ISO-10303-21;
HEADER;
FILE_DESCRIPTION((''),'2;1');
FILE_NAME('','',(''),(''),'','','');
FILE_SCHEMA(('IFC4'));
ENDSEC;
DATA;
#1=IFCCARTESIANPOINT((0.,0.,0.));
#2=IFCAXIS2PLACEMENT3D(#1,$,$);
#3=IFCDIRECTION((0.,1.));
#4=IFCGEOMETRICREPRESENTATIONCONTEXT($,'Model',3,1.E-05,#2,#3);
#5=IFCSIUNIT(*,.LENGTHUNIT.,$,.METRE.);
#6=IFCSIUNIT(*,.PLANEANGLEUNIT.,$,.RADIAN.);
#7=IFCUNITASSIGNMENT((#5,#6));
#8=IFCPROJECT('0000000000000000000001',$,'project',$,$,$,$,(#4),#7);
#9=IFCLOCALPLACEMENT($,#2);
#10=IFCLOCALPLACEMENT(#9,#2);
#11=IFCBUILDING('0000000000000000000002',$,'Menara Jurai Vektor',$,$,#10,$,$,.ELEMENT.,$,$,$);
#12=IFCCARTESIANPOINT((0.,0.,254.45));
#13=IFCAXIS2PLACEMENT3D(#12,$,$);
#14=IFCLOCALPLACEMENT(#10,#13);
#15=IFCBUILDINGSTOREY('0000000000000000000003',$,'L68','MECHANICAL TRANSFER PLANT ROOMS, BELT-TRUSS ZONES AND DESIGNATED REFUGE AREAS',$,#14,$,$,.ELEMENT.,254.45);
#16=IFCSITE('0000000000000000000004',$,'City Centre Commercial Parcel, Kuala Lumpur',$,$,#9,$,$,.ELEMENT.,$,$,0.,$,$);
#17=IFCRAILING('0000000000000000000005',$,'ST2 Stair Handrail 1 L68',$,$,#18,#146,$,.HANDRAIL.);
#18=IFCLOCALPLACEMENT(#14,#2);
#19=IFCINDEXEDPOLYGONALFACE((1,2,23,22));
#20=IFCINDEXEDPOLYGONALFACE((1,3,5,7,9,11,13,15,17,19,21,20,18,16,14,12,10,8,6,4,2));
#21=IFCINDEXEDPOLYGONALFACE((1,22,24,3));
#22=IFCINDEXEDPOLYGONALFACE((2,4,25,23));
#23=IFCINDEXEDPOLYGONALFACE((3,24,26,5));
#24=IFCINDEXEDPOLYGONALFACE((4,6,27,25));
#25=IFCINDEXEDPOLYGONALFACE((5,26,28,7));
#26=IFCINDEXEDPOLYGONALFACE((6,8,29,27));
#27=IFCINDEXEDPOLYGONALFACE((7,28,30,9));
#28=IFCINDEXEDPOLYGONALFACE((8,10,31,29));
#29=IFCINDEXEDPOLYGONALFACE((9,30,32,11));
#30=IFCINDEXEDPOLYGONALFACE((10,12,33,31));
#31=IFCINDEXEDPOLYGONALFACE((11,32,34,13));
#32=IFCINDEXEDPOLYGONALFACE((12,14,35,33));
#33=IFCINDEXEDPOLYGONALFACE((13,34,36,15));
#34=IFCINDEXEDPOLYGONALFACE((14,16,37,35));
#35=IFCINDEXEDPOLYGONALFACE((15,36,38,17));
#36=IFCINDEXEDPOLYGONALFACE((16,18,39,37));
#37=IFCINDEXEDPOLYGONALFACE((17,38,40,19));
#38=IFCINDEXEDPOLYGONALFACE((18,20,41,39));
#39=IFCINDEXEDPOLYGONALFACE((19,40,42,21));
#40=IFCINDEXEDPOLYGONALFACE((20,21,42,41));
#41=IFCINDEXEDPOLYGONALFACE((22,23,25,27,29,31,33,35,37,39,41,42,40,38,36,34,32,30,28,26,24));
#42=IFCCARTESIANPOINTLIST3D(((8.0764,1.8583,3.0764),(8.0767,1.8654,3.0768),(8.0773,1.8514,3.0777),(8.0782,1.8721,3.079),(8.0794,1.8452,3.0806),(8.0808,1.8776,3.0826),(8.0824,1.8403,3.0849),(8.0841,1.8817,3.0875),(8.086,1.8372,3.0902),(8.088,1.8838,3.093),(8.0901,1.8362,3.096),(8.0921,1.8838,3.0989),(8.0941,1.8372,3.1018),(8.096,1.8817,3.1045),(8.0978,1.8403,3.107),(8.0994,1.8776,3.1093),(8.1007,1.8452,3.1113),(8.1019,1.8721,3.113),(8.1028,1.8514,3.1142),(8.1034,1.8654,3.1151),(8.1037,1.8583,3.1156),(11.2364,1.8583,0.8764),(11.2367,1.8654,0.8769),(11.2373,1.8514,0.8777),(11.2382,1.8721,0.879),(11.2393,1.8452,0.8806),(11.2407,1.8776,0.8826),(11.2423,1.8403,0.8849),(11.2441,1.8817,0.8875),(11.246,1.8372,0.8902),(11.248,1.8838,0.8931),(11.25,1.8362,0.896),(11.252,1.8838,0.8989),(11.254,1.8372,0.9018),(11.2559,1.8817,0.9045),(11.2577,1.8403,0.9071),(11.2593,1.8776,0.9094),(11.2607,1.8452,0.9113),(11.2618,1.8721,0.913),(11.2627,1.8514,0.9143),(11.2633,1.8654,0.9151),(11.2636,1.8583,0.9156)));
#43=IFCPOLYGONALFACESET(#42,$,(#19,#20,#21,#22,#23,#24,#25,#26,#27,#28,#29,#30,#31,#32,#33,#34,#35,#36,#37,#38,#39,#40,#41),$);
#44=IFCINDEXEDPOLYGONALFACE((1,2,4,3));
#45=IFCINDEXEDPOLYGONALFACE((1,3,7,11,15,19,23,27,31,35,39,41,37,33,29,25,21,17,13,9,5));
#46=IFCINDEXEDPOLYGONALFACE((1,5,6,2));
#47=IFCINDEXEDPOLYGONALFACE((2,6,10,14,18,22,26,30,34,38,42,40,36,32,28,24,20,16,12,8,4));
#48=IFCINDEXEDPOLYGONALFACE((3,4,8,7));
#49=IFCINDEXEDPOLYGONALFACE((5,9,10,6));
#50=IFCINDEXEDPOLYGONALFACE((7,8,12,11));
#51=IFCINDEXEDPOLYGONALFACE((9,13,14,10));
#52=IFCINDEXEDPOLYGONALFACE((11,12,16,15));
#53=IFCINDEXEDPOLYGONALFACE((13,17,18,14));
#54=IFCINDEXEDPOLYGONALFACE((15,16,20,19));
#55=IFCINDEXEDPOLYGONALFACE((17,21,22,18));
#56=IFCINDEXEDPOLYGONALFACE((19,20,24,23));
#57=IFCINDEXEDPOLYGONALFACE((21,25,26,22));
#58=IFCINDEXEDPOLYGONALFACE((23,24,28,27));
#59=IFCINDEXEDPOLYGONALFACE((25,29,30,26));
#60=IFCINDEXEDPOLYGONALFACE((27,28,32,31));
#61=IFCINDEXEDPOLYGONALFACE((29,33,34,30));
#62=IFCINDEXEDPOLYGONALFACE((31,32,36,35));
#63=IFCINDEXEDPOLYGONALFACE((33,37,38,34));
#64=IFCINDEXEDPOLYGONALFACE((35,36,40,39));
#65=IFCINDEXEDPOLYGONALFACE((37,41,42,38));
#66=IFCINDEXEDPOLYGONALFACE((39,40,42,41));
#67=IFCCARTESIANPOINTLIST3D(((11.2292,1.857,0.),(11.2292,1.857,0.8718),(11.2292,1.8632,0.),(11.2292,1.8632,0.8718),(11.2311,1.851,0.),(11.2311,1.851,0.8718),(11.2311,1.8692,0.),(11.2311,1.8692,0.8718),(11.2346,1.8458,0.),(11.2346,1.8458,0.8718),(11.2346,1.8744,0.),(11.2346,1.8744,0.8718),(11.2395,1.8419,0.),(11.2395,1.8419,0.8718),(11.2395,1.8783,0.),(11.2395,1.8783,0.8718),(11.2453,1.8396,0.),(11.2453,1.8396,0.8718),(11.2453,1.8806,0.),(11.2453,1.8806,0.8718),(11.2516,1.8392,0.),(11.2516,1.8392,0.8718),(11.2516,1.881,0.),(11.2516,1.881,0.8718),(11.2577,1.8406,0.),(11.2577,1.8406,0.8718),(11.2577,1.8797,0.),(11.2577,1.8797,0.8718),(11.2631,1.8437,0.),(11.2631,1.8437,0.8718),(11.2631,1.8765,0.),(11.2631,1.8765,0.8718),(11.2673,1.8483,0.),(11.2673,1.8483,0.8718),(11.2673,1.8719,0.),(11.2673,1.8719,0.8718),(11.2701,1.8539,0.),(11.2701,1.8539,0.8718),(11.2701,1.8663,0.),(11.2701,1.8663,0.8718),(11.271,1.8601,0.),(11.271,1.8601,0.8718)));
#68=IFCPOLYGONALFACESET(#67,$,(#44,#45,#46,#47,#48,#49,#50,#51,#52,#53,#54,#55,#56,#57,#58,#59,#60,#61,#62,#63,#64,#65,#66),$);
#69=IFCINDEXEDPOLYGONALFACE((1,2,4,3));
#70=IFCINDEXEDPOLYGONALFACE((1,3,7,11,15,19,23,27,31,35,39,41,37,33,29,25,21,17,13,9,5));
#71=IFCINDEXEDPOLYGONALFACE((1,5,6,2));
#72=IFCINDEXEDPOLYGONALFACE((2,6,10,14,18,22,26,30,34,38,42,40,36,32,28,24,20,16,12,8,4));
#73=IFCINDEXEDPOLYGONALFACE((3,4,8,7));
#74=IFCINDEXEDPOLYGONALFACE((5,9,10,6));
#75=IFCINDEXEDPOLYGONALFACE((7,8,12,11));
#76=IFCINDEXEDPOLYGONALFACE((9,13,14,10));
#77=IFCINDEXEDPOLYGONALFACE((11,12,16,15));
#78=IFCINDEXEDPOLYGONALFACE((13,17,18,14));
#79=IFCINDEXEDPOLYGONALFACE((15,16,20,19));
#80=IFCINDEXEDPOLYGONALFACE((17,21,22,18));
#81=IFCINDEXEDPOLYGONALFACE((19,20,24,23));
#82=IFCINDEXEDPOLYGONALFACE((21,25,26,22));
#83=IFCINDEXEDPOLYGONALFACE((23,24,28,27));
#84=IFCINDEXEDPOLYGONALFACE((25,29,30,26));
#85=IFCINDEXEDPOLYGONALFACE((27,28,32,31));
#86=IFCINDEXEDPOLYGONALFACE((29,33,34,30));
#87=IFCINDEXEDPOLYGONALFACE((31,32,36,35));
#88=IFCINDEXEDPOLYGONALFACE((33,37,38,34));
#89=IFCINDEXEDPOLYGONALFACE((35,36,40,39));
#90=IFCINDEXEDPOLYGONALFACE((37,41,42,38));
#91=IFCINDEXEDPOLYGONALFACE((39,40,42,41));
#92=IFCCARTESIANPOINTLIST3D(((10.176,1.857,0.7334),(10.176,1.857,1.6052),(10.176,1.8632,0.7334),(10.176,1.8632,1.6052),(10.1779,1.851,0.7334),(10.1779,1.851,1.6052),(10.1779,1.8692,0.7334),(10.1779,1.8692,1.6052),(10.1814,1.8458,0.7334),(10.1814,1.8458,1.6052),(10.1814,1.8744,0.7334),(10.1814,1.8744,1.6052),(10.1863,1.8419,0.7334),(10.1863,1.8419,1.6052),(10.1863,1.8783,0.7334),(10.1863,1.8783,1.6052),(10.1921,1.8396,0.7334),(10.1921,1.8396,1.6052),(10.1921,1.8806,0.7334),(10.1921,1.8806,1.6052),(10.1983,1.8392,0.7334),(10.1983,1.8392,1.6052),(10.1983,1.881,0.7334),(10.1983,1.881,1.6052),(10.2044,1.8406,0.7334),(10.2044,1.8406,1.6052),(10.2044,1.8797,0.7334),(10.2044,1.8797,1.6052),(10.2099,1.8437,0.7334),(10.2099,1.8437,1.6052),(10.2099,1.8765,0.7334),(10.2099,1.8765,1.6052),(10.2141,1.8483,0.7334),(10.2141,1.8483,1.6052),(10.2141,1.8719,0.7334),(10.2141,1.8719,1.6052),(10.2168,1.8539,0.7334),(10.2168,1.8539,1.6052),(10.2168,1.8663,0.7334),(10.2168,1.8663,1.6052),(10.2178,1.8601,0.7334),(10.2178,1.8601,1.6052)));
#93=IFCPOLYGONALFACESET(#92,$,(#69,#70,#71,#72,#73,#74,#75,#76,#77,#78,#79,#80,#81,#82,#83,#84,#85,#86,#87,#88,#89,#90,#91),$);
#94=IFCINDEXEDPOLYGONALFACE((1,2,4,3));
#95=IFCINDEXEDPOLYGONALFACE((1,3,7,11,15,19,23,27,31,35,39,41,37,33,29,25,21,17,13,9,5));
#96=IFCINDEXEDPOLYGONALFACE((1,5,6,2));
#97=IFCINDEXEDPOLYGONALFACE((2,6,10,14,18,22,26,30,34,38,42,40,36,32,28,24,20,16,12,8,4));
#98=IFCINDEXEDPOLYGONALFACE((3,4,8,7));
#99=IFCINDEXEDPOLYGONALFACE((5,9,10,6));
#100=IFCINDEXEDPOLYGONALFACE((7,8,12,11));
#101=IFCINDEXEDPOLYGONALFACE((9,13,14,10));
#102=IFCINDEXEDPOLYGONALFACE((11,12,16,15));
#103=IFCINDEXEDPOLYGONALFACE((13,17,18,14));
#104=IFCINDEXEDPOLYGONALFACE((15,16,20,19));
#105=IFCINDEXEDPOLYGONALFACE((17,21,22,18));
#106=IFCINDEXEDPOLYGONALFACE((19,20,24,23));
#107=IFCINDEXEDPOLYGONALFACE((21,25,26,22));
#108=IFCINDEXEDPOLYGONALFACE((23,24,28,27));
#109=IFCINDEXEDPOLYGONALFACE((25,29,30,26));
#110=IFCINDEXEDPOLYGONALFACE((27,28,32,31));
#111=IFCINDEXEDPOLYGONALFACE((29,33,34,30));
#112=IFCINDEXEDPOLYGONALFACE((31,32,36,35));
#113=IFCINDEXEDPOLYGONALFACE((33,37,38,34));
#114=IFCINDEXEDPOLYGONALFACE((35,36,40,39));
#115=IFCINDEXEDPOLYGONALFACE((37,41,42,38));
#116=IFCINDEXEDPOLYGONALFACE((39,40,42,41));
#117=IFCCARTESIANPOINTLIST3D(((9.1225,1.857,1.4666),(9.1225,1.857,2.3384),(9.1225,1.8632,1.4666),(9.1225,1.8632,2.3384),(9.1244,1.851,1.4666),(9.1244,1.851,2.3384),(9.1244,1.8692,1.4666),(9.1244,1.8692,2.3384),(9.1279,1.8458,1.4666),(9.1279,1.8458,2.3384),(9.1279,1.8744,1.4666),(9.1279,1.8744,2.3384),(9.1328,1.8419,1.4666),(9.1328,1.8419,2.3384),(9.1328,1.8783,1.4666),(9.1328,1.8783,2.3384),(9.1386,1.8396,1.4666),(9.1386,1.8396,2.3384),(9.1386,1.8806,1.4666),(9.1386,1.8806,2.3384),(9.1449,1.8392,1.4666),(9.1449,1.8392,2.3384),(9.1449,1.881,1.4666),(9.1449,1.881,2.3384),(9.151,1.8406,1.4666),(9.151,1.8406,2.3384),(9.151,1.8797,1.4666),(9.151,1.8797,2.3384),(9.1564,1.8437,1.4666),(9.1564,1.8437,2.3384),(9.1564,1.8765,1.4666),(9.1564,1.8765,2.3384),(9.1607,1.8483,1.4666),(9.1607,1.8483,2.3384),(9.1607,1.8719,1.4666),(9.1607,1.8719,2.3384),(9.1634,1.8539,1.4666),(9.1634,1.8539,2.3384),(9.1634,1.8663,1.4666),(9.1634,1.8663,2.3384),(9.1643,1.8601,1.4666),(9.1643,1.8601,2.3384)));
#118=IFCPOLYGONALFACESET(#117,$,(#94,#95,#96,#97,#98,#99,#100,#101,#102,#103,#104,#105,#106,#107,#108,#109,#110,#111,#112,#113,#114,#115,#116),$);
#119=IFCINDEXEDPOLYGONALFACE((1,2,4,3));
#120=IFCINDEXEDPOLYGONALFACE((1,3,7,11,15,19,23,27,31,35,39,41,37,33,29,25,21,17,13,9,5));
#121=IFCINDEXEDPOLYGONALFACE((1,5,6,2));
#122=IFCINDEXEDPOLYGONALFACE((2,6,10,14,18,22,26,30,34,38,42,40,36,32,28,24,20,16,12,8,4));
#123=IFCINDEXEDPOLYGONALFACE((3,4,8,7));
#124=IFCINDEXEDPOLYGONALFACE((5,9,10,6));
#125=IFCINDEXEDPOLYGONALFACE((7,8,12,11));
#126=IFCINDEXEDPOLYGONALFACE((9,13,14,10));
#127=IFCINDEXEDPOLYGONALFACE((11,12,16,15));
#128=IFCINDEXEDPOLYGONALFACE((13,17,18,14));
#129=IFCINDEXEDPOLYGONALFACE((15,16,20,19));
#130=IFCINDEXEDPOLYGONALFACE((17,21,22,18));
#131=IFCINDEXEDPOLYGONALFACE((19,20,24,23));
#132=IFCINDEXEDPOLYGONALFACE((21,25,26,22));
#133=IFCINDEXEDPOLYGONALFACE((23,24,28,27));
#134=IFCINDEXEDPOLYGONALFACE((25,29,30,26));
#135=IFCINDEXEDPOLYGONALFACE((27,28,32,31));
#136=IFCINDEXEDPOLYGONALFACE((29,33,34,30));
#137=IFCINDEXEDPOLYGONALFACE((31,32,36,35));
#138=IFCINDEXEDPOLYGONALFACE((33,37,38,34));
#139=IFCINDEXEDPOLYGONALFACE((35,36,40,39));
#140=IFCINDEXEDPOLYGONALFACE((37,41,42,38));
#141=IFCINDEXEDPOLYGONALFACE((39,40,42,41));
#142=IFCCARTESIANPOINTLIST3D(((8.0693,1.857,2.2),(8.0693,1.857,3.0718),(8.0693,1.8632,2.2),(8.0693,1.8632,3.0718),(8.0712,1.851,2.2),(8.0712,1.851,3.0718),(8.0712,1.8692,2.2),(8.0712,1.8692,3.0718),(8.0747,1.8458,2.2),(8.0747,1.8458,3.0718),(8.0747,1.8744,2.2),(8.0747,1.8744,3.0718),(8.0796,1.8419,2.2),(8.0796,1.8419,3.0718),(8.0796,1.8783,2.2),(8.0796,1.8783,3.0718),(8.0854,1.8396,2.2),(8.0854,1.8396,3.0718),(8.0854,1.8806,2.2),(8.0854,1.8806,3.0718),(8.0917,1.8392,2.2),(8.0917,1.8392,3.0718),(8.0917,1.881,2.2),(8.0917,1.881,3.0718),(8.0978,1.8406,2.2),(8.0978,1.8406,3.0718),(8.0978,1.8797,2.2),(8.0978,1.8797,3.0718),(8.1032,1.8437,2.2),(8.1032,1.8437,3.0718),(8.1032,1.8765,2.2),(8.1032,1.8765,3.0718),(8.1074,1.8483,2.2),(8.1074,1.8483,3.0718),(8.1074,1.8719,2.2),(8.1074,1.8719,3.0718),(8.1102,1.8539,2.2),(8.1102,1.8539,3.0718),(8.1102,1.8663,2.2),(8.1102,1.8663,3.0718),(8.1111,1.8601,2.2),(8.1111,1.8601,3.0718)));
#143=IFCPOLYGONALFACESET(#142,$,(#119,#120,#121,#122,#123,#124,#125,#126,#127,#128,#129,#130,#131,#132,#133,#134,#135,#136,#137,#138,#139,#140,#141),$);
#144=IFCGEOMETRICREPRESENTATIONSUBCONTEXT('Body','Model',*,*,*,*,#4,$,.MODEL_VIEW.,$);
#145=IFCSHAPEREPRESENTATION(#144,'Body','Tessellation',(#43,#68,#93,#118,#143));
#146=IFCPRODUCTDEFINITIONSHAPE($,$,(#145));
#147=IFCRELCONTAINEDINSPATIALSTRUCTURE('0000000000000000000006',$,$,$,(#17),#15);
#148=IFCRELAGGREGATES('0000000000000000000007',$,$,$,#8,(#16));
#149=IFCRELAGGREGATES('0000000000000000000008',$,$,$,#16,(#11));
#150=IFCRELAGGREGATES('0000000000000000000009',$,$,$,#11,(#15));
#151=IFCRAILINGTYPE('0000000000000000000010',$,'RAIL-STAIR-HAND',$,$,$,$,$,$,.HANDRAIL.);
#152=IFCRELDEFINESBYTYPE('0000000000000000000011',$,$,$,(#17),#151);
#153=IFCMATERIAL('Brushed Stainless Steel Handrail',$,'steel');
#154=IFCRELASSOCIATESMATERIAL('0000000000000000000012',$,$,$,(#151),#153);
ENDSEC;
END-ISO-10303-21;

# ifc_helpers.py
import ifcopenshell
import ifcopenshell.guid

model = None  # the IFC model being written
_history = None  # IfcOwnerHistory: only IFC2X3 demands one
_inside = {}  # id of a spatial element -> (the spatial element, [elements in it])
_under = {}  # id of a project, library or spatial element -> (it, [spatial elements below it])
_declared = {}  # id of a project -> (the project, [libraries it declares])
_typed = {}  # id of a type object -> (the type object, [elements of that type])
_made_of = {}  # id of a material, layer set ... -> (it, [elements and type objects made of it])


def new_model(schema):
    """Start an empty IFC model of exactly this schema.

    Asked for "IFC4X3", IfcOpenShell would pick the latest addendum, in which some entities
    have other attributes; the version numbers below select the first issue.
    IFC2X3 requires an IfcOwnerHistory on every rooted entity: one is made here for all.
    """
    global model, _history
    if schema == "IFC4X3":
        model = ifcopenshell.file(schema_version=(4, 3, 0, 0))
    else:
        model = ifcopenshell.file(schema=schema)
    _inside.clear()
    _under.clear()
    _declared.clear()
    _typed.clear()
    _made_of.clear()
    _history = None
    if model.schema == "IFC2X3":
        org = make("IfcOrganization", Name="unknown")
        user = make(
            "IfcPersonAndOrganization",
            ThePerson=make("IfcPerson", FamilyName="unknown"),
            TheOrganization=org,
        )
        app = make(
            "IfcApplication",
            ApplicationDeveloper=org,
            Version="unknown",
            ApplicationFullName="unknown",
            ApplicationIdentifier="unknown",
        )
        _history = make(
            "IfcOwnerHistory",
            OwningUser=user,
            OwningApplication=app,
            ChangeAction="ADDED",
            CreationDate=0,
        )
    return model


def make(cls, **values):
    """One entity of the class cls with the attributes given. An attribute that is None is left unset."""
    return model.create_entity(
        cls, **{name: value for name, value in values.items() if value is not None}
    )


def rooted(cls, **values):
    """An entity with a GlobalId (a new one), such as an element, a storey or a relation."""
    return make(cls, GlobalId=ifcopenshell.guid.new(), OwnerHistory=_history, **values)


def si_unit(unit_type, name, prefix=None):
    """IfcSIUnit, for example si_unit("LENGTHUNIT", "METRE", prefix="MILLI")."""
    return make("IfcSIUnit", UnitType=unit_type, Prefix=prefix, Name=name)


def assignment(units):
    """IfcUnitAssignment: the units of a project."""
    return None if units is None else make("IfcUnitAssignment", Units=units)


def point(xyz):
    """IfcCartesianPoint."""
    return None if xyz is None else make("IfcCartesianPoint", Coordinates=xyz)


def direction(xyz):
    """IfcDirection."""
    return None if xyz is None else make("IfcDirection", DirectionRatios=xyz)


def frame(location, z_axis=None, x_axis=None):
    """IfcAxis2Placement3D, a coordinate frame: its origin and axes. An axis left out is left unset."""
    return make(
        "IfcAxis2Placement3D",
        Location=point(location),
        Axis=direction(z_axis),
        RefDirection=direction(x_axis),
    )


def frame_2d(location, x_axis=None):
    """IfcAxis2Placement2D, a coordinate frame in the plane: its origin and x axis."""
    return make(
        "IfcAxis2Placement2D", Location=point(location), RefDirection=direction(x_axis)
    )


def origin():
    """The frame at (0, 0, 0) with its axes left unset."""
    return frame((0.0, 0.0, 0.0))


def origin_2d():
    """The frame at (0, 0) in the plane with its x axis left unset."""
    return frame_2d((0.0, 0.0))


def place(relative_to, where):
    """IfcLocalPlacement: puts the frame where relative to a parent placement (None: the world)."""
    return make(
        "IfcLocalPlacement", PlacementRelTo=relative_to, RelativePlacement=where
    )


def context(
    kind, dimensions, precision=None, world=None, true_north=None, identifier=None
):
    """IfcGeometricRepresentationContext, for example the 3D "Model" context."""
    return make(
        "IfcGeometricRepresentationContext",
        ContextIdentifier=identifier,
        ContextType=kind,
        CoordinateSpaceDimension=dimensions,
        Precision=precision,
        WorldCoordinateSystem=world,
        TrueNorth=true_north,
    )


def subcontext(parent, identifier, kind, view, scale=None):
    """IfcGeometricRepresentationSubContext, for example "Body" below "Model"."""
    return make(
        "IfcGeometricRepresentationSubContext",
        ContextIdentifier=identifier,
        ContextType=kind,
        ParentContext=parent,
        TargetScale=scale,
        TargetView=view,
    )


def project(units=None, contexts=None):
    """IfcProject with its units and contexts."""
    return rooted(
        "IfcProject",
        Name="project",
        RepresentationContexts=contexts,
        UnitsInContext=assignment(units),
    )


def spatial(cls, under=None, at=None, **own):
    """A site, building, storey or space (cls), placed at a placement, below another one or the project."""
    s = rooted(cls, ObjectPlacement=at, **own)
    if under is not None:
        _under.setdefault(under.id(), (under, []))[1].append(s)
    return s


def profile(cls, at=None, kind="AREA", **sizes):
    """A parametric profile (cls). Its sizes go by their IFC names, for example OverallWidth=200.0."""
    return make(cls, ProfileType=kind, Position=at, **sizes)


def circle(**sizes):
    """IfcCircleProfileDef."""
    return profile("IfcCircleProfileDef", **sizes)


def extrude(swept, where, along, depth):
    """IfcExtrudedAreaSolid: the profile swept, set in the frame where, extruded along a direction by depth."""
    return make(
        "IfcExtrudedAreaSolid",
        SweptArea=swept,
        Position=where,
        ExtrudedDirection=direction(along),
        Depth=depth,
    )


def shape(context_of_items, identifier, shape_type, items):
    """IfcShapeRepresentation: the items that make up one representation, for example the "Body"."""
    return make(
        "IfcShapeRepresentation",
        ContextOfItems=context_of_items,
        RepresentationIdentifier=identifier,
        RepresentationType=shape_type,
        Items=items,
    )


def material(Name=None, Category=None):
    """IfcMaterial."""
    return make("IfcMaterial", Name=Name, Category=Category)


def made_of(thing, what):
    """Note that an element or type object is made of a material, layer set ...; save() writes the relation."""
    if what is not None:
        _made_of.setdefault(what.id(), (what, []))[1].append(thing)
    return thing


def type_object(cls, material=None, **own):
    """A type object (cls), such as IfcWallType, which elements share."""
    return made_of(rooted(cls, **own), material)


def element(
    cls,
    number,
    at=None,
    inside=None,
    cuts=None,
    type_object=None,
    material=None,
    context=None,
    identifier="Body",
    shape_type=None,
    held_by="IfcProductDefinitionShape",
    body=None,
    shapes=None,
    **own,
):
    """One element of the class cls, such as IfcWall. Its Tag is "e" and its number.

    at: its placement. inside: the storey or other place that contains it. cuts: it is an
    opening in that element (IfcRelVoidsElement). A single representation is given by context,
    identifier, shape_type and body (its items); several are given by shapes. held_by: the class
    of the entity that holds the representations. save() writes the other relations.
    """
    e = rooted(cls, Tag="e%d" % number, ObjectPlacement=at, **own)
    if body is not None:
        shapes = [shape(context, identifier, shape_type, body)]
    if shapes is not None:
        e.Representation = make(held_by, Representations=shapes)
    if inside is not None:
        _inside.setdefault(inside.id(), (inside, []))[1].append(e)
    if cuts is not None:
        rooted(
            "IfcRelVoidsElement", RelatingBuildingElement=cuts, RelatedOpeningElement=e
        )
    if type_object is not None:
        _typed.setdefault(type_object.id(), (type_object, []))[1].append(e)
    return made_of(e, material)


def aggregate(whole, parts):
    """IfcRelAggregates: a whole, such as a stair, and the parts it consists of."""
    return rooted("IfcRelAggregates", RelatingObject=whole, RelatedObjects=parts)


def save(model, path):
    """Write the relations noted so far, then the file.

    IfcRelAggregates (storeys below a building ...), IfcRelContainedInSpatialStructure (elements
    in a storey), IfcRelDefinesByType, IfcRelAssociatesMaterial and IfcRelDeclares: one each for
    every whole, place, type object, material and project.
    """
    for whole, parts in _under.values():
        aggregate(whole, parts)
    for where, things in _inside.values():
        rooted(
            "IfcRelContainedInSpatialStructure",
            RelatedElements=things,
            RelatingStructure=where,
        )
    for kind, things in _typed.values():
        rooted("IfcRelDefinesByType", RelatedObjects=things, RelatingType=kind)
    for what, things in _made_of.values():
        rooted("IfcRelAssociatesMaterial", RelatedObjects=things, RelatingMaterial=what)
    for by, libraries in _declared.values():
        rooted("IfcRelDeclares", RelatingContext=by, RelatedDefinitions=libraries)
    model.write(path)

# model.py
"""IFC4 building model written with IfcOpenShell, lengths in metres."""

from ifc_helpers import new_model, si_unit, direction, frame, origin, origin_2d, place, context, subcontext, project, spatial, circle, extrude, material, type_object, element, save


model = new_model("IFC4")

# Units and contexts
model_context = context("Model", 3, precision=1e-05, world=origin(), true_north=direction((0.0, 1.0)))
body_context = subcontext(model_context, "Body", "Model", "MODEL_VIEW")
ifc_project = project(units=[si_unit("LENGTHUNIT", "METRE"), si_unit("PLANEANGLEUNIT", "RADIAN")], contexts=[model_context])

# Site, building, storey
site_placement = place(None, origin())
site = spatial("IfcSite", under=ifc_project, at=site_placement, Name="City Centre Commercial Parcel, Kuala Lumpur", CompositionType="ELEMENT", RefElevation=0.0)
building_placement = place(site_placement, origin())
building = spatial("IfcBuilding", under=site, at=building_placement, Name="Menara Jurai Vektor", CompositionType="ELEMENT")
storey_placement = place(building_placement, frame((0.0, 0.0, 254.45)))
storey = spatial("IfcBuildingStorey", under=building, at=storey_placement, Name="L68", Description="MECHANICAL TRANSFER PLANT ROOMS, BELT-TRUSS ZONES AND DESIGNATED REFUGE AREAS", CompositionType="ELEMENT", Elevation=254.45)

# Railing
ifc_material_1 = material(Name="Brushed Stainless Steel Handrail", Category="steel")
railing_type_1 = type_object("IfcRailingType", Name="RAIL-STAIR-HAND", PredefinedType="HANDRAIL", material=ifc_material_1)
railing_1_placement = place(storey_placement, frame((11.25, 1.8601, 0.0)))
element("IfcRailing", 1, at=railing_1_placement, inside=storey, type_object=railing_type_1, Name="ST2 Stair Handrail 1 L68", PredefinedType="HANDRAIL", context=body_context, shape_type="SweptSolid", body=[
    extrude(circle(Radius=0.0239, at=origin_2d()), frame((0.0, 0.0, 0.896), z_axis=(-0.820692, 0.0, 0.571371), x_axis=(0.0, -1.0, 0.0)), (0.0, 0.0, 1.0), 3.8503),
    extrude(circle(Radius=0.021, at=origin_2d()), origin(), (0.0, 0.0, 1.0), 0.8718),
    extrude(circle(Radius=0.021, at=origin_2d()), frame((-1.0532, 0.0, 0.7334)), (0.0, 0.0, 1.0), 0.8718),
    extrude(circle(Radius=0.021, at=origin_2d()), frame((-2.1067, 0.0, 1.4666)), (0.0, 0.0, 1.0), 0.8718),
    extrude(circle(Radius=0.021, at=origin_2d()), frame((-3.1599, 0.0, 2.2)), (0.0, 0.0, 1.0), 0.8718),
])

save(model, "model.ifc")
